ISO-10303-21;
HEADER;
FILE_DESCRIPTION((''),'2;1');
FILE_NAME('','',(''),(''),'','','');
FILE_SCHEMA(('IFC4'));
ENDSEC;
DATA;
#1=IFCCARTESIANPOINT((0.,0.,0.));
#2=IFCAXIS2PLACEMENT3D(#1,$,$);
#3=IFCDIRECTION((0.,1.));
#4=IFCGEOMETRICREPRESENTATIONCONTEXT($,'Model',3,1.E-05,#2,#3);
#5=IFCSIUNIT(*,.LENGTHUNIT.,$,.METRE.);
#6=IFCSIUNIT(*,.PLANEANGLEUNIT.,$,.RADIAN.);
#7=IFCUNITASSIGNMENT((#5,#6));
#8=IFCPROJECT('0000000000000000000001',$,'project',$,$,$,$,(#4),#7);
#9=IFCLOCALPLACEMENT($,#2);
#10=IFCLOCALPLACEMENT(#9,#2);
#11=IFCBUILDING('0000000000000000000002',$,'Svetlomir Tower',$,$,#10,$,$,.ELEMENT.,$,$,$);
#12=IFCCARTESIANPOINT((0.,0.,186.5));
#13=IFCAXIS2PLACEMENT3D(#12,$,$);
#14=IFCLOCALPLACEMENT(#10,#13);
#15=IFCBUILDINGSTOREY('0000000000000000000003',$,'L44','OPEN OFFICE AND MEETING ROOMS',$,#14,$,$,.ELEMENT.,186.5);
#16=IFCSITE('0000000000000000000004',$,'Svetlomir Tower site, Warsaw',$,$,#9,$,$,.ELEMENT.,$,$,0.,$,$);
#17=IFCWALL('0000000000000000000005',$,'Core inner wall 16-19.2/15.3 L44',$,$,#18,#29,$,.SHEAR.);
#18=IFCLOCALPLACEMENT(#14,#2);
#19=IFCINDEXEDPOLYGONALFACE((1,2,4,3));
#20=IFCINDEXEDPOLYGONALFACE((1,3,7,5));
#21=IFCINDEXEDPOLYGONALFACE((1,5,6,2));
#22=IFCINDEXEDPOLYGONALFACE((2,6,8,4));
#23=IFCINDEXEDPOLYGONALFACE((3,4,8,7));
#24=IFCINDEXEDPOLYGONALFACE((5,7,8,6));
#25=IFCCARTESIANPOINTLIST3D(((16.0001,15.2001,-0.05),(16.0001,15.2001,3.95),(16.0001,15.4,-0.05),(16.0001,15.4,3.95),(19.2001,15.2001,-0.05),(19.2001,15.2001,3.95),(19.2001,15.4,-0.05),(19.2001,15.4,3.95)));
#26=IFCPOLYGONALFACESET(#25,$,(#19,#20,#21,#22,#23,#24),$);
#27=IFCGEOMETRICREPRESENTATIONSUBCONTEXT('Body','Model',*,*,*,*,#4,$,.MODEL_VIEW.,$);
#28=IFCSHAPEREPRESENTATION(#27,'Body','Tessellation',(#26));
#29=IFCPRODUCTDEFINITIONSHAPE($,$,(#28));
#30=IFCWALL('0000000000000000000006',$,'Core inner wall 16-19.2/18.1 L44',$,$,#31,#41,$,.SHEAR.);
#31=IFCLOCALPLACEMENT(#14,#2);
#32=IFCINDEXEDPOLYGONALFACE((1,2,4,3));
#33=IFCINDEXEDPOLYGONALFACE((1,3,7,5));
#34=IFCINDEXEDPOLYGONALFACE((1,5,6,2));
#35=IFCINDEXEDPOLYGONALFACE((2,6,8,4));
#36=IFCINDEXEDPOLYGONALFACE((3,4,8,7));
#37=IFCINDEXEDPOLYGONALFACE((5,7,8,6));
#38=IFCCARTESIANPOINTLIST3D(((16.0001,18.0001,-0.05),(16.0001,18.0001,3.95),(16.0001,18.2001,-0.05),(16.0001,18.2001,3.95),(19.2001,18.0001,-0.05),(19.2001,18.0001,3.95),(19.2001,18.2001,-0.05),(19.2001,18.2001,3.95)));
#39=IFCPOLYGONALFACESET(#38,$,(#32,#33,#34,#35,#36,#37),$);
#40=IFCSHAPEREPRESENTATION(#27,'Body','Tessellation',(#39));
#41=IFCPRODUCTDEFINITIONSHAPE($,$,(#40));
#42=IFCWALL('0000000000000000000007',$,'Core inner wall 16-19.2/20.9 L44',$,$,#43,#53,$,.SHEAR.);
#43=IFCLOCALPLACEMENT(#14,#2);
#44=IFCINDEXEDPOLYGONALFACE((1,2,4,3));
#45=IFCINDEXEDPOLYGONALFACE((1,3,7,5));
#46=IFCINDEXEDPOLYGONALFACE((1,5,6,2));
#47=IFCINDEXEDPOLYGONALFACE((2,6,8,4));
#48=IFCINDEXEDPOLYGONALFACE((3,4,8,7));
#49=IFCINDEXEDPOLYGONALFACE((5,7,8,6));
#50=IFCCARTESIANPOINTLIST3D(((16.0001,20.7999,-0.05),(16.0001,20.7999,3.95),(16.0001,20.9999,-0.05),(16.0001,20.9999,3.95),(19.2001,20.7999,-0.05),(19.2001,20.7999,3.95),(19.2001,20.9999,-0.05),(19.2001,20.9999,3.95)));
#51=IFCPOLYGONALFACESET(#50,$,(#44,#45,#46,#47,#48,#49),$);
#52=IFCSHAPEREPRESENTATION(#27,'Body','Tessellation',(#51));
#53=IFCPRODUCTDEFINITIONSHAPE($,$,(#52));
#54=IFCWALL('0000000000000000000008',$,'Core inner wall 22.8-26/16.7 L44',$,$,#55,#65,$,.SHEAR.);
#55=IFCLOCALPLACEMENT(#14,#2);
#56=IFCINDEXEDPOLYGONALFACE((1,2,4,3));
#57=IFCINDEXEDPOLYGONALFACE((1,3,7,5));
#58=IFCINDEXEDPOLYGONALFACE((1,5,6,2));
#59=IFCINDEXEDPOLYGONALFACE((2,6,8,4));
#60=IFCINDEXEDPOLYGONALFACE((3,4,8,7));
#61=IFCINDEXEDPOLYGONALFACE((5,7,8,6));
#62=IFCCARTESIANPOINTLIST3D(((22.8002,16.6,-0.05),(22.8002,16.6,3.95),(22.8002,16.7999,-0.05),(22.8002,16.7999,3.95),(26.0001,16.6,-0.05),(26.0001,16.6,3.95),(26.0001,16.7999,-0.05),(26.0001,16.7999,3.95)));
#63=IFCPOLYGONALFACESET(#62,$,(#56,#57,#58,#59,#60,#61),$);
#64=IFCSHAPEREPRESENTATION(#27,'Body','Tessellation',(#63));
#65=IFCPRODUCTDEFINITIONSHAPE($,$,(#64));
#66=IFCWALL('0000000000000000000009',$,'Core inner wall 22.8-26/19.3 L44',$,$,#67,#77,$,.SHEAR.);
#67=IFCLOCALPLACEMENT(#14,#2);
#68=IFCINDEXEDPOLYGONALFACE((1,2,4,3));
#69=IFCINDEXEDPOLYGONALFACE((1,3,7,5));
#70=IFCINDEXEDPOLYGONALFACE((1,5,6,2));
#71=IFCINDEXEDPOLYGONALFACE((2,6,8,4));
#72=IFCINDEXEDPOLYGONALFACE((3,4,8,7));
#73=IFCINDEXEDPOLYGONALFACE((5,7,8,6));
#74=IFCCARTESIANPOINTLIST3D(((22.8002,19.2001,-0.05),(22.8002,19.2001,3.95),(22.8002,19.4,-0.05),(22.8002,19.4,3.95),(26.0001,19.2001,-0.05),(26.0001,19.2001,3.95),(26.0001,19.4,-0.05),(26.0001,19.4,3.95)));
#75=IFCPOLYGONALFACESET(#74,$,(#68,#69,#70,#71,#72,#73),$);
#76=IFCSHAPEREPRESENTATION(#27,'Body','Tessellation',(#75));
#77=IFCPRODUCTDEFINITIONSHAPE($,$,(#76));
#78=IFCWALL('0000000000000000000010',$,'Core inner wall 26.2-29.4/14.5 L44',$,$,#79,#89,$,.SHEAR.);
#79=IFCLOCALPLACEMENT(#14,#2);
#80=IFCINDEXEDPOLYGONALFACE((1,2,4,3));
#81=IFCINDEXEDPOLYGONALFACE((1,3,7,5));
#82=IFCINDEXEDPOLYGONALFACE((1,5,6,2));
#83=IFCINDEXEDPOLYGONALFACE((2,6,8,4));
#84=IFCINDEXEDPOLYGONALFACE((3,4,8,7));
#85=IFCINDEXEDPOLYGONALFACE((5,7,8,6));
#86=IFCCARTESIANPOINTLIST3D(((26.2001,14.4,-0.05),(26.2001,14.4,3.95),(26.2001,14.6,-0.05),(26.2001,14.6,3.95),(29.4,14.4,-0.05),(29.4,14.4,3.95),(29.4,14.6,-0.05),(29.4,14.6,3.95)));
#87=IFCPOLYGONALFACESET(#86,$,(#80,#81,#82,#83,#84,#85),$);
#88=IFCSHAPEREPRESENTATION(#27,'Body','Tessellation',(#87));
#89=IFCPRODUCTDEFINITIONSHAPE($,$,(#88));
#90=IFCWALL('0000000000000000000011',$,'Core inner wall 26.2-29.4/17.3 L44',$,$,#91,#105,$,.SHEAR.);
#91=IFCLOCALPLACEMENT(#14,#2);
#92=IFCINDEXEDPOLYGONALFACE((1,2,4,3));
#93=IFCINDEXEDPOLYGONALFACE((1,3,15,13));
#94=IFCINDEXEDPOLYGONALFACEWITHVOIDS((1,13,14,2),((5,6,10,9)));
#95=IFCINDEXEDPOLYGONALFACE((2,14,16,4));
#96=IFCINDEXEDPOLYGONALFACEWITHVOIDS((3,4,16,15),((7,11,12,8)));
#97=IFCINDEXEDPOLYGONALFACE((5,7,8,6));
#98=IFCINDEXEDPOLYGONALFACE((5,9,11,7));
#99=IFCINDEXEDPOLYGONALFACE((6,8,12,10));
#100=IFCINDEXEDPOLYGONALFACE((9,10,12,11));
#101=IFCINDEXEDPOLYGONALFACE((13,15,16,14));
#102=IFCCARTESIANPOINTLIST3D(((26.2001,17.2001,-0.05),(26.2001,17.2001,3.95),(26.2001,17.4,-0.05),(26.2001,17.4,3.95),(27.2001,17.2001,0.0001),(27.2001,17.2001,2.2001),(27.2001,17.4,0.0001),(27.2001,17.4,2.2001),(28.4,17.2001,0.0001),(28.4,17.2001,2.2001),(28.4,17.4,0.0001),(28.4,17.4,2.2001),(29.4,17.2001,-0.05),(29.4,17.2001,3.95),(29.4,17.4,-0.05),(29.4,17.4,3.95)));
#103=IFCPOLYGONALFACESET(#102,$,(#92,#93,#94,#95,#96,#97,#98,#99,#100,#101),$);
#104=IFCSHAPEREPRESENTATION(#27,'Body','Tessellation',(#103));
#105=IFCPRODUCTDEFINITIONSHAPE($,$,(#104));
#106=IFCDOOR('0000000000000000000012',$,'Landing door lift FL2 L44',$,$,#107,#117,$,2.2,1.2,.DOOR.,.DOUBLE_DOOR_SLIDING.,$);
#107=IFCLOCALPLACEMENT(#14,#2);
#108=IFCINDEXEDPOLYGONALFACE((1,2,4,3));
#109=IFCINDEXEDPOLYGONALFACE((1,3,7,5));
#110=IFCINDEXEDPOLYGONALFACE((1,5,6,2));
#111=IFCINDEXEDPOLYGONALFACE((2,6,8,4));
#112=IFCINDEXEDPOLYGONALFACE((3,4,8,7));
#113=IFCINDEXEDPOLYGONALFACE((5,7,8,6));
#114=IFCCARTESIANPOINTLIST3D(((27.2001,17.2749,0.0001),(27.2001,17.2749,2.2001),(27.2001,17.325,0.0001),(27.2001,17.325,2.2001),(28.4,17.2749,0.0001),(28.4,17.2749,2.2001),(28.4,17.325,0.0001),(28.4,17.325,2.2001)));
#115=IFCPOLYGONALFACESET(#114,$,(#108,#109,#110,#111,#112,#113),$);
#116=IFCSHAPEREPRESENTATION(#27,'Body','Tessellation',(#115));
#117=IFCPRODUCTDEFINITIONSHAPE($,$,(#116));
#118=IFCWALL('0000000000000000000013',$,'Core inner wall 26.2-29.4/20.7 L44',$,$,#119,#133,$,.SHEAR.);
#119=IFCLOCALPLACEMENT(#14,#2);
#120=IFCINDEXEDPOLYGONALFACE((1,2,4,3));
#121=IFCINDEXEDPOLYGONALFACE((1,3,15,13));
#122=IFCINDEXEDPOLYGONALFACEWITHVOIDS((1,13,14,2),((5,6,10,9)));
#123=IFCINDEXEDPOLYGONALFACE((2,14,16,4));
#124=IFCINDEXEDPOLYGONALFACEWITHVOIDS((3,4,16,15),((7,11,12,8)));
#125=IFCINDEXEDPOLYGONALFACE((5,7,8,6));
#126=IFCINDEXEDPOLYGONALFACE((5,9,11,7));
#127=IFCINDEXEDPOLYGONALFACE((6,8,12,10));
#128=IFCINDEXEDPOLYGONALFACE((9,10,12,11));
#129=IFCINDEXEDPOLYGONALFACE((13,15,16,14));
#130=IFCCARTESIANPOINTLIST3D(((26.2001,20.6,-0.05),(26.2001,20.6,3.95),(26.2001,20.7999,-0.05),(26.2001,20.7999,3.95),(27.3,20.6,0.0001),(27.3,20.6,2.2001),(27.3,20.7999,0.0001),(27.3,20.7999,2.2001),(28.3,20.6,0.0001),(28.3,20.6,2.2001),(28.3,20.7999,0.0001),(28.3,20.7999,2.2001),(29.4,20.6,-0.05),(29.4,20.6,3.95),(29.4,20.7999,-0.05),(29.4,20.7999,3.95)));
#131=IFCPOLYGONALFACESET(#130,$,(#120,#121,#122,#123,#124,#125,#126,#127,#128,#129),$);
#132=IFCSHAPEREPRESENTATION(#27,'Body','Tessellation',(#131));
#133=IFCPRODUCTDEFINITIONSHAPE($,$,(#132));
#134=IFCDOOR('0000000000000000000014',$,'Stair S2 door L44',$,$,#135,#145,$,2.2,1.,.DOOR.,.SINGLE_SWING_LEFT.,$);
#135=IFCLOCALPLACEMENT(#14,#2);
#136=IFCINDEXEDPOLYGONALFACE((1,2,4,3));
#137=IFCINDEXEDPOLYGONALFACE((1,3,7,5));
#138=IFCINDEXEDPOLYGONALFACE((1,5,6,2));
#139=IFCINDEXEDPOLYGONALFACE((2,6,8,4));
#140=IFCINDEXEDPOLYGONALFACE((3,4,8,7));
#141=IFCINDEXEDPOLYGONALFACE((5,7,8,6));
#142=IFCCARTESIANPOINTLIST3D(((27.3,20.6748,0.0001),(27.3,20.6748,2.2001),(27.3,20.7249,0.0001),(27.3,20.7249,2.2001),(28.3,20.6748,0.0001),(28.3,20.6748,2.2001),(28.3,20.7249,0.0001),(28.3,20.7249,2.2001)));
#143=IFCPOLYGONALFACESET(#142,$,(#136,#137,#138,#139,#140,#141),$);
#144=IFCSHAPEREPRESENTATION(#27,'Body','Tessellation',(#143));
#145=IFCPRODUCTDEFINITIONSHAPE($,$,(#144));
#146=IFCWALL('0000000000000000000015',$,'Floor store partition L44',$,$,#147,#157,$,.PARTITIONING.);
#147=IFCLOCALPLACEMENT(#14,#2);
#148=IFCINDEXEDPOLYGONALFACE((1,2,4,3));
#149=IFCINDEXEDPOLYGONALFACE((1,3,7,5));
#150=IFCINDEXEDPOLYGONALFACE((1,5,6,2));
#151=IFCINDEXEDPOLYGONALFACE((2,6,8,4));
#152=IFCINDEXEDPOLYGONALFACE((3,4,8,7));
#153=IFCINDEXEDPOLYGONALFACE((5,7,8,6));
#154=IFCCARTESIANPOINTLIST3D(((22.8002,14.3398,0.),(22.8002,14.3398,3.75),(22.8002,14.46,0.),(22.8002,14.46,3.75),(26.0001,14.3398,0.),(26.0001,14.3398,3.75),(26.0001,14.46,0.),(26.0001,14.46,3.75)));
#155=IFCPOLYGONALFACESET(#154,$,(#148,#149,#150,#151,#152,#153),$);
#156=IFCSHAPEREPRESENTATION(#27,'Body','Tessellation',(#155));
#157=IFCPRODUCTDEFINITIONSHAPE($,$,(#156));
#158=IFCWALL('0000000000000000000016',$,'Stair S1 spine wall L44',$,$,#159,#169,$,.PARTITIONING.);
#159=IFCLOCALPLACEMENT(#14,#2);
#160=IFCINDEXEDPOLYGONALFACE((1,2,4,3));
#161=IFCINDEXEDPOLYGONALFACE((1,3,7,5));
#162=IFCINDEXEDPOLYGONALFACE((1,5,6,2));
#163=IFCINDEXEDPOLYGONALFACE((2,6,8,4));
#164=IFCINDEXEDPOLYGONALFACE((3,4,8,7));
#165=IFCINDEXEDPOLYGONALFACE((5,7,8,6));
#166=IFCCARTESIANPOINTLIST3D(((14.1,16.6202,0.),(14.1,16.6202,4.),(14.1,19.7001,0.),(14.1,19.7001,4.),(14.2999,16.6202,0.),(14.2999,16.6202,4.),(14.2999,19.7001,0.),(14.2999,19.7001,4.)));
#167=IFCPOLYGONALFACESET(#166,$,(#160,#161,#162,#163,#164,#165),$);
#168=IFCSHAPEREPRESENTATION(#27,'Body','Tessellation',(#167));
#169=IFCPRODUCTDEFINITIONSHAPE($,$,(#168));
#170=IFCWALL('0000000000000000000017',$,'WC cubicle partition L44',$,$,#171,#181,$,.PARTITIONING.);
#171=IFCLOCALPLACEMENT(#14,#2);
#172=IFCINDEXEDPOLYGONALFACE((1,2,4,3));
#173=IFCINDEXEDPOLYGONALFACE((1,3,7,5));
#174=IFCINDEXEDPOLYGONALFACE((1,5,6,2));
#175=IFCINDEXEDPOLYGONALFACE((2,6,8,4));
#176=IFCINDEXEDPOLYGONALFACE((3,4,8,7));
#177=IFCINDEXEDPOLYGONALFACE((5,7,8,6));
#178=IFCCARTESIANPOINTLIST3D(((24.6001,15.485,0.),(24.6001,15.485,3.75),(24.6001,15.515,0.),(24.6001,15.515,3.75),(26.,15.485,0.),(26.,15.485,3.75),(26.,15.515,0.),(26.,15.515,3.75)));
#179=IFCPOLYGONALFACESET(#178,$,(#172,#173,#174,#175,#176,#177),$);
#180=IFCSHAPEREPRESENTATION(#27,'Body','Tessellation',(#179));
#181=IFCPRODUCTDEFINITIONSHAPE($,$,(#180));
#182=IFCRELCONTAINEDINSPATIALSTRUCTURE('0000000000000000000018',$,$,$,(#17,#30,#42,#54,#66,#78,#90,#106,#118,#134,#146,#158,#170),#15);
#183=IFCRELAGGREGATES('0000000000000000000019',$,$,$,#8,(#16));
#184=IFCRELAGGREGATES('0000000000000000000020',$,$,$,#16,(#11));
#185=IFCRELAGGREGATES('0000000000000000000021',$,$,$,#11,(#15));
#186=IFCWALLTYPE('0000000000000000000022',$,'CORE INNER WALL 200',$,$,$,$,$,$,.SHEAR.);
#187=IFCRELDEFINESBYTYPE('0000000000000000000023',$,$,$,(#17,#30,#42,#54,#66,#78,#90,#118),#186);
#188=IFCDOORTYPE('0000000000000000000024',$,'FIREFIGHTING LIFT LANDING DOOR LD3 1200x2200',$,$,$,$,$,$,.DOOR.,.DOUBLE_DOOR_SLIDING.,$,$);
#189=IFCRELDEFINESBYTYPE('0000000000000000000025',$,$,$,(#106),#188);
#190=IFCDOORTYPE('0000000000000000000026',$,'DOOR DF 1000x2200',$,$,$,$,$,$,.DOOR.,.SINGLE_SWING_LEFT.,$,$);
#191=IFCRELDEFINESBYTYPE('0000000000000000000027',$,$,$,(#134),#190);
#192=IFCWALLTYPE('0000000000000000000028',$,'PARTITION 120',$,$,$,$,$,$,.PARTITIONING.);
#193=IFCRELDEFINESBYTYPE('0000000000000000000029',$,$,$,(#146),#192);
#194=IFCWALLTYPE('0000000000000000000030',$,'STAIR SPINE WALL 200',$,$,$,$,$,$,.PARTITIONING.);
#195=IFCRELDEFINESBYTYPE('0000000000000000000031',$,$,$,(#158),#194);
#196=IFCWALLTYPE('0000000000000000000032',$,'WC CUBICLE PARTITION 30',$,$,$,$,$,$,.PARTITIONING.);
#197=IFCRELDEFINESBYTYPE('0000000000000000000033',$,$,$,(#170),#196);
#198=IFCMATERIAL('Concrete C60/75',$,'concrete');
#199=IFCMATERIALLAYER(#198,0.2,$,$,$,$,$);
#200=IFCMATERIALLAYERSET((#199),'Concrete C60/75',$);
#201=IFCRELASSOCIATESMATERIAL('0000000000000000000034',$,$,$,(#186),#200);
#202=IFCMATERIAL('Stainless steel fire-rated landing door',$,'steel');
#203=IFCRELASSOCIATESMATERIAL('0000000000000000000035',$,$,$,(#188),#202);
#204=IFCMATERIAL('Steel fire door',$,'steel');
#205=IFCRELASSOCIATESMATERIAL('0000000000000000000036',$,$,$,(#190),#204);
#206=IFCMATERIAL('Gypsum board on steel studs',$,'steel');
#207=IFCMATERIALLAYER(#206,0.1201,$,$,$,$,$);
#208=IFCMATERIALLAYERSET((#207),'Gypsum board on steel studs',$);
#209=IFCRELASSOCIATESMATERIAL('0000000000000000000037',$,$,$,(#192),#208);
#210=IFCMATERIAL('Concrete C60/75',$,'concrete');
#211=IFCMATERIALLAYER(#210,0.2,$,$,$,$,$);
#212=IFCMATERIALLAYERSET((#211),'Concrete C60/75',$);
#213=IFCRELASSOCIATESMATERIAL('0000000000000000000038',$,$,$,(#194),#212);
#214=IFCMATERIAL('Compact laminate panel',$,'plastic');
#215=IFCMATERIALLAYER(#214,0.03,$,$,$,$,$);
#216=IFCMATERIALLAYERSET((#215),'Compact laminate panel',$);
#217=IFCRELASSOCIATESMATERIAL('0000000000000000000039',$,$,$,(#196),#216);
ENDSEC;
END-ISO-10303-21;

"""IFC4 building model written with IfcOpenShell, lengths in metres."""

from ifc_helpers import new_model, si_unit, direction, frame, frame_2d, origin, place, context, subcontext, project, spatial, rectangle, extrude, material, layer, layer_set, type_object, element, fill, save


model = new_model("IFC4")

# Units and contexts
model_context = context("Model", 3, precision=1e-05, world=origin(), true_north=direction((0.0, 1.0)))
body_context = subcontext(model_context, "Body", "Model", "MODEL_VIEW")
ifc_project = project(units=[si_unit("LENGTHUNIT", "METRE"), si_unit("PLANEANGLEUNIT", "RADIAN")], contexts=[model_context])

# Site, building, storey
site_placement = place(None, origin())
site = spatial("IfcSite", under=ifc_project, at=site_placement, Name="Svetlomir Tower site, Warsaw", CompositionType="ELEMENT", RefElevation=0.0)
building_placement = place(site_placement, origin())
building = spatial("IfcBuilding", under=site, at=building_placement, Name="Svetlomir Tower", CompositionType="ELEMENT")
storey_placement = place(building_placement, frame((0.0, 0.0, 186.5)))
storey = spatial("IfcBuildingStorey", under=building, at=storey_placement, Name="L44", Description="OPEN OFFICE AND MEETING ROOMS", CompositionType="ELEMENT", Elevation=186.5)

# Walls
ifc_material_1 = material(Name="Concrete C60/75", Category="concrete")
ifc_layer_1 = layer(ifc_material_1, 0.2)
ifc_layer_set_1 = layer_set([ifc_layer_1], Name="Concrete C60/75")
wall_type_1 = type_object("IfcWallType", Name="CORE INNER WALL 200", PredefinedType="SHEAR", material=ifc_layer_set_1)
for number, where, z_axis, x_axis, name in (
    (1, (16.0, 15.3, -0.05), (0.0, 0.0, 1.0), (1.0, 0.0, 0.0), "Core inner wall 16-19.2/15.3 L44"),
    (2, (16.0, 18.1001, -0.05), (0.0, 0.0, 1.0), (1.0, 0.0, 0.0), "Core inner wall 16-19.2/18.1 L44"),
    (3, (16.0, 20.8999, -0.05), (0.0, 0.0, 1.0), (1.0, 0.0, 0.0), "Core inner wall 16-19.2/20.9 L44"),
    (4, (22.8, 16.7, -0.05), (0.0, 0.0, 1.0), (1.0, 0.0, 0.0), "Core inner wall 22.8-26/16.7 L44"),
    (5, (22.8, 19.3, -0.05), (0.0, 0.0, 1.0), (1.0, 0.0, 0.0), "Core inner wall 22.8-26/19.3 L44"),
    (6, (26.2, 14.5, -0.05), (0.0, 0.0, 1.0), (1.0, 0.0, 0.0), "Core inner wall 26.2-29.4/14.5 L44"),
):
    element("IfcWall", number, at=place(storey_placement, frame(where, z_axis=z_axis, x_axis=x_axis)), inside=storey, type_object=wall_type_1, Name=name, PredefinedType="SHEAR", context=body_context, shape_type="SweptSolid", body=[
        extrude(rectangle(XDim=3.2, YDim=0.2, at=frame_2d((1.6001, 0.0))), origin(), (0.0, 0.0, 1.0), 4.0),
    ])

# Walls, openings, doors
wall_1_placement = place(storey_placement, frame((26.2, 17.3, -0.05), z_axis=(0.0, 0.0, 1.0), x_axis=(1.0, 0.0, 0.0)))
wall_1 = element("IfcWall", 7, at=wall_1_placement, inside=storey, type_object=wall_type_1, Name="Core inner wall 26.2-29.4/17.3 L44", PredefinedType="SHEAR", context=body_context, shape_type="SweptSolid", body=[
    extrude(rectangle(XDim=3.2, YDim=0.2, at=frame_2d((1.6001, 0.0))), origin(), (0.0, 0.0, 1.0), 4.0),
])
opening_1_placement = place(wall_1_placement, frame((1.0, 0.0, 0.05)))
opening_1 = element("IfcOpeningElement", 8, at=opening_1_placement, cuts=wall_1, PredefinedType="OPENING", context=body_context, shape_type="SweptSolid", body=[
    extrude(rectangle(XDim=1.2, YDim=2.2, at=frame_2d((0.6001, 1.1001))), frame((0.0, 0.1099, 0.0), z_axis=(0.0, -1.0, 0.0), x_axis=(1.0, 0.0, 0.0)), (0.0, 0.0, 1.0), 0.22),
])
ifc_material_2 = material(Name="Stainless steel fire-rated landing door", Category="steel")
door_type_1 = type_object("IfcDoorType", Name="FIREFIGHTING LIFT LANDING DOOR LD3 1200x2200", OperationType="DOUBLE_DOOR_SLIDING", PredefinedType="DOOR", material=ifc_material_2)
door_1_placement = place(opening_1_placement, origin())
door_1 = element("IfcDoor", 9, at=door_1_placement, inside=storey, type_object=door_type_1, Name="Landing door lift FL2 L44", OperationType="DOUBLE_DOOR_SLIDING", OverallHeight=2.2, OverallWidth=1.2, PredefinedType="DOOR", context=body_context, shape_type="SweptSolid", body=[
    extrude(rectangle(XDim=1.2, YDim=2.2, at=frame_2d((0.6001, 1.1001))), frame((0.0, 0.0249, 0.0), z_axis=(0.0, -1.0, 0.0), x_axis=(1.0, 0.0, 0.0)), (0.0, 0.0, 1.0), 0.05),
])
fill(opening_1, door_1)
wall_2_placement = place(storey_placement, frame((26.2, 20.7, -0.05), z_axis=(0.0, 0.0, 1.0), x_axis=(1.0, 0.0, 0.0)))
wall_2 = element("IfcWall", 10, at=wall_2_placement, inside=storey, type_object=wall_type_1, Name="Core inner wall 26.2-29.4/20.7 L44", PredefinedType="SHEAR", context=body_context, shape_type="SweptSolid", body=[
    extrude(rectangle(XDim=3.2, YDim=0.2, at=frame_2d((1.6001, 0.0))), origin(), (0.0, 0.0, 1.0), 4.0),
])
opening_2_placement = place(wall_2_placement, frame((1.1001, 0.0, 0.05)))
opening_2 = element("IfcOpeningElement", 11, at=opening_2_placement, cuts=wall_2, PredefinedType="OPENING", context=body_context, shape_type="SweptSolid", body=[
    extrude(rectangle(XDim=1.0, YDim=2.2, at=frame_2d((0.5, 1.1001))), frame((0.0, 0.1099, 0.0), z_axis=(0.0, -1.0, 0.0), x_axis=(1.0, 0.0, 0.0)), (0.0, 0.0, 1.0), 0.22),
])
ifc_material_3 = material(Name="Steel fire door", Category="steel")
door_type_2 = type_object("IfcDoorType", Name="DOOR DF 1000x2200", OperationType="SINGLE_SWING_LEFT", PredefinedType="DOOR", material=ifc_material_3)
door_2_placement = place(opening_2_placement, origin())
door_2 = element("IfcDoor", 12, at=door_2_placement, inside=storey, type_object=door_type_2, Name="Stair S2 door L44", OperationType="SINGLE_SWING_LEFT", OverallHeight=2.2, OverallWidth=1.0, PredefinedType="DOOR", context=body_context, shape_type="SweptSolid", body=[
    extrude(rectangle(XDim=1.0, YDim=2.2, at=frame_2d((0.5, 1.1001))), frame((0.0, 0.0249, 0.0), z_axis=(0.0, -1.0, 0.0), x_axis=(1.0, 0.0, 0.0)), (0.0, 0.0, 1.0), 0.05),
])
fill(opening_2, door_2)

# Walls
ifc_material_4 = material(Name="Gypsum board on steel studs", Category="steel")
ifc_layer_2 = layer(ifc_material_4, 0.1201)
ifc_layer_set_2 = layer_set([ifc_layer_2], Name="Gypsum board on steel studs")
wall_type_2 = type_object("IfcWallType", Name="PARTITION 120", PredefinedType="PARTITIONING", material=ifc_layer_set_2)
wall_3_placement = place(storey_placement, frame((22.8, 14.3999, 0.0), z_axis=(0.0, 0.0, 1.0), x_axis=(1.0, 0.0, 0.0)))
element("IfcWall", 13, at=wall_3_placement, inside=storey, type_object=wall_type_2, Name="Floor store partition L44", PredefinedType="PARTITIONING", context=body_context, shape_type="SweptSolid", body=[
    extrude(rectangle(XDim=3.2, YDim=0.1201, at=frame_2d((1.6001, 0.0))), origin(), (0.0, 0.0, 1.0), 3.75),
])
ifc_material_5 = material(Name="Concrete C60/75", Category="concrete")
ifc_layer_3 = layer(ifc_material_5, 0.2)
ifc_layer_set_3 = layer_set([ifc_layer_3], Name="Concrete C60/75")
wall_type_3 = type_object("IfcWallType", Name="STAIR SPINE WALL 200", PredefinedType="PARTITIONING", material=ifc_layer_set_3)
wall_4_placement = place(storey_placement, frame((14.2, 16.6201, 0.0), z_axis=(0.0, 0.0, 1.0), x_axis=(0.0, 1.0, 0.0)))
element("IfcWall", 14, at=wall_4_placement, inside=storey, type_object=wall_type_3, Name="Stair S1 spine wall L44", PredefinedType="PARTITIONING", context=body_context, shape_type="SweptSolid", body=[
    extrude(rectangle(XDim=3.0798, YDim=0.2, at=frame_2d((1.54, 0.0))), origin(), (0.0, 0.0, 1.0), 4.0),
])
ifc_material_6 = material(Name="Compact laminate panel", Category="plastic")
ifc_layer_4 = layer(ifc_material_6, 0.03)
ifc_layer_set_4 = layer_set([ifc_layer_4], Name="Compact laminate panel")
wall_type_4 = type_object("IfcWallType", Name="WC CUBICLE PARTITION 30", PredefinedType="PARTITIONING", material=ifc_layer_set_4)
wall_5_placement = place(storey_placement, frame((24.6001, 15.5, 0.0), z_axis=(0.0, 0.0, 1.0), x_axis=(1.0, 0.0, 0.0)))
element("IfcWall", 15, at=wall_5_placement, inside=storey, type_object=wall_type_4, Name="WC cubicle partition L44", PredefinedType="PARTITIONING", context=body_context, shape_type="SweptSolid", body=[
    extrude(rectangle(XDim=1.3999, YDim=0.03, at=frame_2d((0.7, 0.0))), origin(), (0.0, 0.0, 1.0), 3.75),
])

save(model, "model.ifc")
